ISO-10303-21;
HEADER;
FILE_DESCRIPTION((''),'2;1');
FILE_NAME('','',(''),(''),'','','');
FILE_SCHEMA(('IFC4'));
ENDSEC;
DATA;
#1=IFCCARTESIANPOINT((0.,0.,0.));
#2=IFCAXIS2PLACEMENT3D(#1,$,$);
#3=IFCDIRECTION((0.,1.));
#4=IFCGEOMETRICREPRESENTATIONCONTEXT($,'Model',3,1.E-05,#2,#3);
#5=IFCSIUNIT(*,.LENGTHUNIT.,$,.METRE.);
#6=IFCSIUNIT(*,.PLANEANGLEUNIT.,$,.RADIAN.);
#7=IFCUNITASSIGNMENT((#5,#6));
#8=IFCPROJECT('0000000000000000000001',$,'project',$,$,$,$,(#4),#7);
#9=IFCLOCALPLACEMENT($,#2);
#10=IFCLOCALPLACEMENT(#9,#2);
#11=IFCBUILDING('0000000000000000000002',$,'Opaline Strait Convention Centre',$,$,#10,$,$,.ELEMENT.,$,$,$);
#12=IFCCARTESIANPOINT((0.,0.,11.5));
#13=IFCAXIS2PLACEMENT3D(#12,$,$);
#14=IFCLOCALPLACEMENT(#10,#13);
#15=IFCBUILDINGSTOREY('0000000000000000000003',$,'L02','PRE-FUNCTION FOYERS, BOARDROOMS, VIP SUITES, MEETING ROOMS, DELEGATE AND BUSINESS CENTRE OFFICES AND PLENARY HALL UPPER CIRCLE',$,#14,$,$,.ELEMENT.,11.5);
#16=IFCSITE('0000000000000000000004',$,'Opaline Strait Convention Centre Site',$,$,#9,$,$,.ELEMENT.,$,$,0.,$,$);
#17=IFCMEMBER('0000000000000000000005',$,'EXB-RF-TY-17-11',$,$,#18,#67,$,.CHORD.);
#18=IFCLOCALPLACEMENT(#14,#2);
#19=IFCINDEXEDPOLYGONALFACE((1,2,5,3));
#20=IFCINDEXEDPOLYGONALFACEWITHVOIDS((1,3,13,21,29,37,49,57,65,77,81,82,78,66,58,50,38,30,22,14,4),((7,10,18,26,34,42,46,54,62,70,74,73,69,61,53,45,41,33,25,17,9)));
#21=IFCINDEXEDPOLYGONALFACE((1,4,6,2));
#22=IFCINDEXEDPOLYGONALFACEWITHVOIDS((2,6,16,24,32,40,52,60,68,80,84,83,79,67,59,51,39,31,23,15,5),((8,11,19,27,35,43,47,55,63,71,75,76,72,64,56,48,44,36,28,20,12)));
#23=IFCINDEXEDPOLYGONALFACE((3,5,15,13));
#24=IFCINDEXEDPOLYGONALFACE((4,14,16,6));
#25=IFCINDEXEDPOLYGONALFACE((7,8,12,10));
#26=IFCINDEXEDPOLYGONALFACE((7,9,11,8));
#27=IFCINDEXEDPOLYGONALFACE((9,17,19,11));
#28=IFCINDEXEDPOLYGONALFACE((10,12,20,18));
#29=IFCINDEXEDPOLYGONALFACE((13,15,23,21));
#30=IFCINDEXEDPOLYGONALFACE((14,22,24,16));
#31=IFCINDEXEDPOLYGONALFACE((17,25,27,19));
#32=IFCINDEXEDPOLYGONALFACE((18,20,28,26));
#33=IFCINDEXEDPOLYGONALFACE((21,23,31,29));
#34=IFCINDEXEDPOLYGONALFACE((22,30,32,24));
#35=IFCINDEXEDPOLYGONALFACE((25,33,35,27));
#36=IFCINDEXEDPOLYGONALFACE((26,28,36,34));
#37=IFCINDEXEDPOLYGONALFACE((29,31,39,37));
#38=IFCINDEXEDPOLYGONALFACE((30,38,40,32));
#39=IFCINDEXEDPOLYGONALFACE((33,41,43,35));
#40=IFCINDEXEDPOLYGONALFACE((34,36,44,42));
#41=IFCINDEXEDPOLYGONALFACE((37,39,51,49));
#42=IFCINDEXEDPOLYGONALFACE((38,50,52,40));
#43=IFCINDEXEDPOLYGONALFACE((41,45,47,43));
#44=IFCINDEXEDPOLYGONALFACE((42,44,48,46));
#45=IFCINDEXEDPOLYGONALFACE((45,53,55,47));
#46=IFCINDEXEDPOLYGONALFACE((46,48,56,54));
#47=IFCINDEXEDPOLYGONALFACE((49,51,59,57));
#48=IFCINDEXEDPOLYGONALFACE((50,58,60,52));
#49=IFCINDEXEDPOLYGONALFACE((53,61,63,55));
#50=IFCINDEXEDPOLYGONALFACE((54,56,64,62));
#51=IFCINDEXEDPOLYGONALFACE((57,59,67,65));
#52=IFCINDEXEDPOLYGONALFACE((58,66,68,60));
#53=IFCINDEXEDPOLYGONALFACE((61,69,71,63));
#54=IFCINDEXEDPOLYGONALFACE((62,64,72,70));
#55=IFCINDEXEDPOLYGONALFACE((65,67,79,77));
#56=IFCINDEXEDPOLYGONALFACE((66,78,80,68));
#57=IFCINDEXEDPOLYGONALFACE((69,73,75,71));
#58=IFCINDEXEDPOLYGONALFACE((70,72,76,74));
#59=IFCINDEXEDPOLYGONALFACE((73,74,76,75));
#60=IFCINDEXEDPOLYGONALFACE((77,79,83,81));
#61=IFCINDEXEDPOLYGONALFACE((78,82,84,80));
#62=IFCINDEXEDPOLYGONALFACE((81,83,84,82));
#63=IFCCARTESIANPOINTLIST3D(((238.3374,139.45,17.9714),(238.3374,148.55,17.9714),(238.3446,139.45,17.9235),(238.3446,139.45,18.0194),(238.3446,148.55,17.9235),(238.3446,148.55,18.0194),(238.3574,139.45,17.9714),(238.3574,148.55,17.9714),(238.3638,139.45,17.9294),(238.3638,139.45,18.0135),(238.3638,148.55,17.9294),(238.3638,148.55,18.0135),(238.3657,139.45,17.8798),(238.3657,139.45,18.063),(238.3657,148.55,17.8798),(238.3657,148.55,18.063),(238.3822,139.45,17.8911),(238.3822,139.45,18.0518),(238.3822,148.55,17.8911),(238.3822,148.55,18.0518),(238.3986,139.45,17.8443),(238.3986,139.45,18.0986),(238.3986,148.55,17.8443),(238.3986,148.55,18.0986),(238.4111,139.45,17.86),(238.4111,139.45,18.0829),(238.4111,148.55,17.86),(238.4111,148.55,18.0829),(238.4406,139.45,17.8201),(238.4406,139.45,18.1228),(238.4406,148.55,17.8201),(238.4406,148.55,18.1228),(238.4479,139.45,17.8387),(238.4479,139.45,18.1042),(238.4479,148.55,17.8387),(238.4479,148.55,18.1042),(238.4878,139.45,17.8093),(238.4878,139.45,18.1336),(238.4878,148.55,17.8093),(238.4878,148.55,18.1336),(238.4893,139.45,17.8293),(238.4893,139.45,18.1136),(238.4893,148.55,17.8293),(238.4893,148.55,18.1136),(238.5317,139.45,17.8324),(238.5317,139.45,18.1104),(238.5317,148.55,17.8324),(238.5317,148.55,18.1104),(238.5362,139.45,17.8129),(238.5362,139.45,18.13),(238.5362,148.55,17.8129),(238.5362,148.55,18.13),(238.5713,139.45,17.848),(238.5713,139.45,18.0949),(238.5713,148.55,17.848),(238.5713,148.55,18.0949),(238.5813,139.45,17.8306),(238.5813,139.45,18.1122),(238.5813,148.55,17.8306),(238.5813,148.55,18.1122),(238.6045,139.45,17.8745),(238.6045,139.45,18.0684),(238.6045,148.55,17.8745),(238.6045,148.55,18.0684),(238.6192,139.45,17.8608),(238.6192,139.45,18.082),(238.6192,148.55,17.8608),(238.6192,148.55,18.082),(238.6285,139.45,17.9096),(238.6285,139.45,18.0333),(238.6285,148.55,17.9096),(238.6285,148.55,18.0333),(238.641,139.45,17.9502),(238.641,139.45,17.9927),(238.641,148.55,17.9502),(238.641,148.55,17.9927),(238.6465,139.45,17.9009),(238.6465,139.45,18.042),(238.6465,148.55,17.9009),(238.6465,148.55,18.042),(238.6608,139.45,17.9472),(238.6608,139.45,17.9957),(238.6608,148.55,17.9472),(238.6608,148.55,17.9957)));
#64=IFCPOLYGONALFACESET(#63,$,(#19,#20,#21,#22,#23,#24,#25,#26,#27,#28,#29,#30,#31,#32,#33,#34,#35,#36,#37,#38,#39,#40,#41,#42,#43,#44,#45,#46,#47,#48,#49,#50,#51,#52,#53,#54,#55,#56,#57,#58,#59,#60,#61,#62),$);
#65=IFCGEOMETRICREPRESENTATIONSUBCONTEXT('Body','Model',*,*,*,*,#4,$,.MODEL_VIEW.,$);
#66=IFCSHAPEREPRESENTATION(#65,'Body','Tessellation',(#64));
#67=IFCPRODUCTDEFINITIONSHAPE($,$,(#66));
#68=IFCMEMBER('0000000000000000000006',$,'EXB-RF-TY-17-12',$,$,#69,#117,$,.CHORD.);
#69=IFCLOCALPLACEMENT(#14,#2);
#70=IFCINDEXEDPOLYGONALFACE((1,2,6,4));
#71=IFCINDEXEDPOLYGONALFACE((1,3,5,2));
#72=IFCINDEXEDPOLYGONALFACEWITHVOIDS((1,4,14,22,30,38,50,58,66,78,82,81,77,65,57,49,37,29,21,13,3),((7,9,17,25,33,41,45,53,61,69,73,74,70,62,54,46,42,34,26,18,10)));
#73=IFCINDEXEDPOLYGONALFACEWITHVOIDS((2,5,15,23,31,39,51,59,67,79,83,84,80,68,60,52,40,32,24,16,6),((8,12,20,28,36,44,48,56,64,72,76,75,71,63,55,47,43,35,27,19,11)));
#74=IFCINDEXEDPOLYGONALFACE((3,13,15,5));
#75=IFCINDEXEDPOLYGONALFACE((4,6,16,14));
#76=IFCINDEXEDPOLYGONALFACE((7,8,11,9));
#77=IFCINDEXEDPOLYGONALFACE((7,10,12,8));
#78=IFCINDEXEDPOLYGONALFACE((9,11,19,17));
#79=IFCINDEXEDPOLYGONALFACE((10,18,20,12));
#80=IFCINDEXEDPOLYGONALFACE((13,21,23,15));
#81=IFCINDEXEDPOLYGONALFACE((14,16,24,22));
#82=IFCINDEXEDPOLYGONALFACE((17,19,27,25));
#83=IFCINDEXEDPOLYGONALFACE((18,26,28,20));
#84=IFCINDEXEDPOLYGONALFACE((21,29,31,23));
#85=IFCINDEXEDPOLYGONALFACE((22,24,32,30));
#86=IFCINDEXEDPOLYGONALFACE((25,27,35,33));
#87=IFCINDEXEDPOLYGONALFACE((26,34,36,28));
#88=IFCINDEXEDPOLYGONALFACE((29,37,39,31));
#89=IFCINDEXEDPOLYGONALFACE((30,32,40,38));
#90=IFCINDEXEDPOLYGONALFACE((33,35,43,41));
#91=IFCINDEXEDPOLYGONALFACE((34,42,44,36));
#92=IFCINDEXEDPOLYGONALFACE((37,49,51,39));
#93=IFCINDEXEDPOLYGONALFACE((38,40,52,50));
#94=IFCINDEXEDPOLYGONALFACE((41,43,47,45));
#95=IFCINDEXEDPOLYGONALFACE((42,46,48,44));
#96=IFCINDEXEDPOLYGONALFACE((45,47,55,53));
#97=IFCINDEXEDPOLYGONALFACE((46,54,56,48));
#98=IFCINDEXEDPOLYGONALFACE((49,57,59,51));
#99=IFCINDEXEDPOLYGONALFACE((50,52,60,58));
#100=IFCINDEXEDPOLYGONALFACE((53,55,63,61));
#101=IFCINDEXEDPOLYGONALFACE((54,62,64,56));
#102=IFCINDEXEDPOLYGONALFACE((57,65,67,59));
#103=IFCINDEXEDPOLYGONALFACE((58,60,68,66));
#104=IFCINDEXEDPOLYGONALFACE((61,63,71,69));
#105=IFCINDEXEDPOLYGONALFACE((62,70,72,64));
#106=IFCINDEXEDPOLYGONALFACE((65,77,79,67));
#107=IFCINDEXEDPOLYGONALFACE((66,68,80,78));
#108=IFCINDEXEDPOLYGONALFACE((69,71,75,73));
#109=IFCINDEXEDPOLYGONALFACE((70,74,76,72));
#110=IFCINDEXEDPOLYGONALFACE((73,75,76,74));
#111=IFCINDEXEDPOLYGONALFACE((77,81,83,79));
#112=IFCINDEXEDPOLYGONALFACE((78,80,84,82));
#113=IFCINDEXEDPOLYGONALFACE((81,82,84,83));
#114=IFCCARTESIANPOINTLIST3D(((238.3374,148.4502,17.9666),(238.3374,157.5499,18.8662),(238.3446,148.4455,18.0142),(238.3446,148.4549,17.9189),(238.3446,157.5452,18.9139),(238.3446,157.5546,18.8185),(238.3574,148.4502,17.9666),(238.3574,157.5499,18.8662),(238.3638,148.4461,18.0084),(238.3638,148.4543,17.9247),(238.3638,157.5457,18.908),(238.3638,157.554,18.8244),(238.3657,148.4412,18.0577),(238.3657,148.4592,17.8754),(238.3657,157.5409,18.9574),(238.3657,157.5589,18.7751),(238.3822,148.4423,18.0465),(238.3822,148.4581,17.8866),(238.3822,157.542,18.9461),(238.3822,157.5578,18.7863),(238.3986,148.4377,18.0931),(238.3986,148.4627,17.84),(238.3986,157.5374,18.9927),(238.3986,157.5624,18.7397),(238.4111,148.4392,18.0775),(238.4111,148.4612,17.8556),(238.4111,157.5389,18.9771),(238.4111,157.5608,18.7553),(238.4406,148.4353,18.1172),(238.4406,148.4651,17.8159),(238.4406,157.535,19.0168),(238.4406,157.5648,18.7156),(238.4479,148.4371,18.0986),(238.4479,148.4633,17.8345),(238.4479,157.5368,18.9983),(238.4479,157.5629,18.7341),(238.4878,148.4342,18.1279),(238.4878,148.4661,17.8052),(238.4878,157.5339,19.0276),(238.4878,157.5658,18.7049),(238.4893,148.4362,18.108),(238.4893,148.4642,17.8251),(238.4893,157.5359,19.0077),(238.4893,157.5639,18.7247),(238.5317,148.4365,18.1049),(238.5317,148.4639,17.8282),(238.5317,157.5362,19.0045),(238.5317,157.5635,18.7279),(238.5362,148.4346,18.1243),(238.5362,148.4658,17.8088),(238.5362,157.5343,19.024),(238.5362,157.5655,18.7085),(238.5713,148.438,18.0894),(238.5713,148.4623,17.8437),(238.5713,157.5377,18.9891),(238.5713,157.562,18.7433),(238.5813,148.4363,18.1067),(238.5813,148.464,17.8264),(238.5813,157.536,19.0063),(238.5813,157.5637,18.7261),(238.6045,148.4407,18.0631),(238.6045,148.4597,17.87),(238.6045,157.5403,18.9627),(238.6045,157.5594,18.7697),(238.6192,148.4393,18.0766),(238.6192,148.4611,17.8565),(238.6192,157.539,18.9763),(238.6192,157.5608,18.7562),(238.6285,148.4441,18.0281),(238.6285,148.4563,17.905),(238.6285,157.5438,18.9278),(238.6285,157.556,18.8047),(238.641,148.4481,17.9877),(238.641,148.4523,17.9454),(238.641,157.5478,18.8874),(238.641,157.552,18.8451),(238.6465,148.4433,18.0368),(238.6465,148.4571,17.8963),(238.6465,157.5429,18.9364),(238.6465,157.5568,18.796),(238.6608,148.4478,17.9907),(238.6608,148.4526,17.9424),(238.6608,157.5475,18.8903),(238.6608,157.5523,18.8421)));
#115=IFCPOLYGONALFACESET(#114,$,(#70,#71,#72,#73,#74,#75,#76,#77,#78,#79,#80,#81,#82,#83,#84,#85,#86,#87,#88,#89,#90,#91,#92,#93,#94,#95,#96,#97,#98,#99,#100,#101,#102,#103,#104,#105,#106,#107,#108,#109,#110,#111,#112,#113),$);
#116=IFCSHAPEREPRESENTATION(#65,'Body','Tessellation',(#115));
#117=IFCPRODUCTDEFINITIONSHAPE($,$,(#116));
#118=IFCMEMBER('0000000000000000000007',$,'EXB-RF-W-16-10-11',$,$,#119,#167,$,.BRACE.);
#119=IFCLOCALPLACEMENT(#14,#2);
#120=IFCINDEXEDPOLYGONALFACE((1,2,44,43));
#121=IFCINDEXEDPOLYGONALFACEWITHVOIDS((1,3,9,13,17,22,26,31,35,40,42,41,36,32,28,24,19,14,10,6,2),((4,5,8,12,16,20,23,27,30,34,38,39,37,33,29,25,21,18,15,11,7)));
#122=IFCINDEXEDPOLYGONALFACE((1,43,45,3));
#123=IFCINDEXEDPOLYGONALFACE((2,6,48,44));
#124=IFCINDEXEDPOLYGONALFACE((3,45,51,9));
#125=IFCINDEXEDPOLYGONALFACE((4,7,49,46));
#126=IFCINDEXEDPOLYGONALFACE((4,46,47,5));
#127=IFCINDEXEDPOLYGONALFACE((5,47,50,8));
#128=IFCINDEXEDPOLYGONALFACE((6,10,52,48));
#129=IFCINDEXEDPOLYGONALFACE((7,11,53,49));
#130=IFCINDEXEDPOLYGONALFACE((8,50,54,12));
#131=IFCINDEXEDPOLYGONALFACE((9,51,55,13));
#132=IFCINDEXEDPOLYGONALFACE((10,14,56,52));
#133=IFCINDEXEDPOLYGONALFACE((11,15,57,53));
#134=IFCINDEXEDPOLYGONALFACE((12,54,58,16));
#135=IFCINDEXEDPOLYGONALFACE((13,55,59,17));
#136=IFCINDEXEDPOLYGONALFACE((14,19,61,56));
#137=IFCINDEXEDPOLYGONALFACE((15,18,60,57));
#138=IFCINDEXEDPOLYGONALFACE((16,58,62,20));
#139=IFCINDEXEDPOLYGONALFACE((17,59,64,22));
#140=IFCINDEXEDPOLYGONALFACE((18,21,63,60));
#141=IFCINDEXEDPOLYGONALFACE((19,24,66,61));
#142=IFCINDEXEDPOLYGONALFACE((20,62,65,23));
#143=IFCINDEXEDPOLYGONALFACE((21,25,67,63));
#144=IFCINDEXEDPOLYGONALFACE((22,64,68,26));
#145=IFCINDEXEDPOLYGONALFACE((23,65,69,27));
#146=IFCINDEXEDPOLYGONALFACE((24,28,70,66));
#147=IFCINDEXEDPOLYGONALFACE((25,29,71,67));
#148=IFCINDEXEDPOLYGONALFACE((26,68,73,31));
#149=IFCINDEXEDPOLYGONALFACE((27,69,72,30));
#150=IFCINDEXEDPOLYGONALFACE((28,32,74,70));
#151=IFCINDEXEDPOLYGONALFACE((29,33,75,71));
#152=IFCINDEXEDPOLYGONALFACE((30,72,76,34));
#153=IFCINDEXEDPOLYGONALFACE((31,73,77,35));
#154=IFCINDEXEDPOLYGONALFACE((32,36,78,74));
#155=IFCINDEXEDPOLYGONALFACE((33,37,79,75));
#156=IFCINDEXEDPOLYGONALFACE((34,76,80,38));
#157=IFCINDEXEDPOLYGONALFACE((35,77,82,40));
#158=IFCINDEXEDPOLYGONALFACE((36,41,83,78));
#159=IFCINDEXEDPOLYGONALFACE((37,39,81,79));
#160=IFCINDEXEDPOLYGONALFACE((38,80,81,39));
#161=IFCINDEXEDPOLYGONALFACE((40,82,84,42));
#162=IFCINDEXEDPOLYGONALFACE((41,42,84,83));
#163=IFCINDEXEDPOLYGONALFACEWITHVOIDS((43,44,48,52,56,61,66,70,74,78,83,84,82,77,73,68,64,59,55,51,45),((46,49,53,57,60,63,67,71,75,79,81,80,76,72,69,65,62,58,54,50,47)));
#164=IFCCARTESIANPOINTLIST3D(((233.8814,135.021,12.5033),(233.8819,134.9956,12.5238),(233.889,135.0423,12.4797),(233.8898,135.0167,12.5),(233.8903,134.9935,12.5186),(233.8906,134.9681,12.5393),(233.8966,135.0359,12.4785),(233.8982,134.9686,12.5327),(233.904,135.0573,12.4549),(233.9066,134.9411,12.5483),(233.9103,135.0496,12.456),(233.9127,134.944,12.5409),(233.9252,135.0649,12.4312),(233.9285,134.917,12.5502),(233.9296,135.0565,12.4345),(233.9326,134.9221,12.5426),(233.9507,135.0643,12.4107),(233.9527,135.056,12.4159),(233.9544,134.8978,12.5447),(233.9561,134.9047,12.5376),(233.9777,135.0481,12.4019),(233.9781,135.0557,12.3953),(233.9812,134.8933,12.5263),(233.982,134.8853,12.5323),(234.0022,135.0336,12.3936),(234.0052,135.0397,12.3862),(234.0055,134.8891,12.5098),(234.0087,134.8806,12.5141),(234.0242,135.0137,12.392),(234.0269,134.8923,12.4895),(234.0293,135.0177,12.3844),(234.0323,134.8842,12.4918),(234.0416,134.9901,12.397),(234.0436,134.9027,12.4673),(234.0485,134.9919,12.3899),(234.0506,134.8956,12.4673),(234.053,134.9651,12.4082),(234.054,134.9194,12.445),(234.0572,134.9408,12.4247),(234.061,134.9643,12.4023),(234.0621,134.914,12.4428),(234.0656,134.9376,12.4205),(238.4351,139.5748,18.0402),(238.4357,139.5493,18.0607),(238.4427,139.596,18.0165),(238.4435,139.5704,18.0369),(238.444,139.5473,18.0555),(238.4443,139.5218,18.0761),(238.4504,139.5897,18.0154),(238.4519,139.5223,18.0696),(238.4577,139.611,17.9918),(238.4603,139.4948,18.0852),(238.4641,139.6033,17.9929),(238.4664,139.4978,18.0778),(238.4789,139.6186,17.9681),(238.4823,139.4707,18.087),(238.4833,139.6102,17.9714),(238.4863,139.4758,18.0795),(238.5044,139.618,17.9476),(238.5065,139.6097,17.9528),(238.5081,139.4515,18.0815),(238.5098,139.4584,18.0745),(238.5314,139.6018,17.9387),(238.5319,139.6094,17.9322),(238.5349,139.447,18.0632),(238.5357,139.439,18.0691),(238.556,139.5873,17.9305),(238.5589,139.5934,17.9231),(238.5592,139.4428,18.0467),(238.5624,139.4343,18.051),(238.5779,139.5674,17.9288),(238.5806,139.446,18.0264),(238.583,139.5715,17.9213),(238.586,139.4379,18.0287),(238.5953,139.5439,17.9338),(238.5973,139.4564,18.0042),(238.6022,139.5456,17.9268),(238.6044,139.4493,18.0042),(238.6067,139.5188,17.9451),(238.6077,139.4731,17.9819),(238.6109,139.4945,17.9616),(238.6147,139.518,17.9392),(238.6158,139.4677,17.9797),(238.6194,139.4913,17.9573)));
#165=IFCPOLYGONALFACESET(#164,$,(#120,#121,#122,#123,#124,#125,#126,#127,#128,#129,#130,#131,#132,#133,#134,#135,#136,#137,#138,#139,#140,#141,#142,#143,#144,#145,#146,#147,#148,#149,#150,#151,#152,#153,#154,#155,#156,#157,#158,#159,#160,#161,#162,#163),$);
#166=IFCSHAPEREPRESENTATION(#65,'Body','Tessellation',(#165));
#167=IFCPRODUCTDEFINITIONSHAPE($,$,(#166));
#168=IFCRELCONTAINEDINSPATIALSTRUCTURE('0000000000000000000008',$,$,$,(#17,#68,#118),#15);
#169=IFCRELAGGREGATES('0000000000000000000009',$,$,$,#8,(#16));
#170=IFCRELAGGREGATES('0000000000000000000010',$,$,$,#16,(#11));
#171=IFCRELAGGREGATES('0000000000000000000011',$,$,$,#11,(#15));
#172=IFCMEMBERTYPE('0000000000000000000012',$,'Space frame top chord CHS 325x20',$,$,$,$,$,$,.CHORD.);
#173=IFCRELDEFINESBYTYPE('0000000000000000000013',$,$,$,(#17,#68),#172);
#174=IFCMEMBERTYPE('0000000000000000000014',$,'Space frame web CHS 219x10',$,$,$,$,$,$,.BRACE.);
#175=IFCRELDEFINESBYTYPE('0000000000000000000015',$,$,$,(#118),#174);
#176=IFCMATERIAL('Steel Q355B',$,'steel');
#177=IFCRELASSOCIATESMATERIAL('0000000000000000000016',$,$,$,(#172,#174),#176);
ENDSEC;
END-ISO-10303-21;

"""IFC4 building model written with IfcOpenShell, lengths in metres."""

from ifc_helpers import new_model, si_unit, direction, frame, origin, origin_2d, place, context, subcontext, project, spatial, hollow_circle, extrude, material, material_profile, profile_set, type_object, element, save


model = new_model("IFC4")

# Units and contexts
model_context = context("Model", 3, precision=1e-05, world=origin(), true_north=direction((0.0, 1.0)))
body_context = subcontext(model_context, "Body", "Model", "MODEL_VIEW")
ifc_project = project(units=[si_unit("LENGTHUNIT", "METRE"), si_unit("PLANEANGLEUNIT", "RADIAN")], contexts=[model_context])

# Site, building, storey
site_placement = place(None, origin())
site = spatial("IfcSite", under=ifc_project, at=site_placement, Name="Opaline Strait Convention Centre Site", CompositionType="ELEMENT", RefElevation=0.0)
building_placement = place(site_placement, origin())
building = spatial("IfcBuilding", under=site, at=building_placement, Name="Opaline Strait Convention Centre", CompositionType="ELEMENT")
storey_placement = place(building_placement, frame((0.0, 0.0, 11.5)))
storey = spatial("IfcBuildingStorey", under=building, at=storey_placement, Name="L02", Description="PRE-FUNCTION FOYERS, BOARDROOMS, VIP SUITES, MEETING ROOMS, DELEGATE AND BUSINESS CENTRE OFFICES AND PLENARY HALL UPPER CIRCLE", CompositionType="ELEMENT", Elevation=11.5)

# Members
ifc_material_1 = material(Name="Steel Q355B", Category="steel")
ifc_material_profile_1 = material_profile(ifc_material_1, hollow_circle(Radius=0.1626, WallThickness=0.02, at=origin_2d()), Name="CHS 325x20")
ifc_profile_set_1 = profile_set([ifc_material_profile_1], Name="Steel Q355B")
member_type_1 = type_object("IfcMemberType", Name="Space frame top chord CHS 325x20", PredefinedType="CHORD", material=ifc_profile_set_1)
for number, where, z_axis, x_axis, name in (
    (1, (238.5, 139.45, 17.9714), (0.0, 1.0, 0.0), (-1.0, 0.0, 0.0), "EXB-RF-TY-17-11"),
):
    element("IfcMember", number, at=place(storey_placement, frame(where, z_axis=z_axis, x_axis=x_axis)), inside=storey, type_object=member_type_1, Name=name, PredefinedType="CHORD", context=body_context, shape_type="SweptSolid", body=[
        extrude(hollow_circle(Radius=0.1626, WallThickness=0.02, at=origin_2d()), origin(), (0.0, 0.0, 1.0), 9.1001),
    ])
member_1_placement = place(storey_placement, frame((238.5, 148.4502, 17.9666), z_axis=(0.0, 0.995148, 0.098388), x_axis=(-1.0, 0.0, 0.0)))
element("IfcMember", 2, at=member_1_placement, inside=storey, type_object=member_type_1, Name="EXB-RF-TY-17-12", PredefinedType="CHORD", context=body_context, shape_type="SweptSolid", body=[
    extrude(hollow_circle(Radius=0.1626, WallThickness=0.02, at=origin_2d()), origin(), (0.0, 0.0, 1.0), 9.144),
])
ifc_material_profile_2 = material_profile(ifc_material_1, hollow_circle(Radius=0.1096, WallThickness=0.01, at=origin_2d()), Name="CHS 219x10")
ifc_profile_set_2 = profile_set([ifc_material_profile_2], Name="Steel Q355B")
member_type_2 = type_object("IfcMemberType", Name="Space frame web CHS 219x10", PredefinedType="BRACE", material=ifc_profile_set_2)
for number, where, z_axis, x_axis, name in (
    (3, (238.5269, 139.5269, 18.0042), (-0.536178, -0.536178, -0.65194), (0.707107, -0.707107, 0.0), "EXB-RF-W-16-10-11"),
):
    element("IfcMember", number, at=place(storey_placement, frame(where, z_axis=z_axis, x_axis=x_axis)), inside=storey, type_object=member_type_2, Name=name, PredefinedType="BRACE", context=body_context, shape_type="SweptSolid", body=[
        extrude(hollow_circle(Radius=0.1096, WallThickness=0.01, at=origin_2d()), origin(), (0.0, 0.0, 1.0), 8.4929),
    ])

save(model, "model.ifc")
